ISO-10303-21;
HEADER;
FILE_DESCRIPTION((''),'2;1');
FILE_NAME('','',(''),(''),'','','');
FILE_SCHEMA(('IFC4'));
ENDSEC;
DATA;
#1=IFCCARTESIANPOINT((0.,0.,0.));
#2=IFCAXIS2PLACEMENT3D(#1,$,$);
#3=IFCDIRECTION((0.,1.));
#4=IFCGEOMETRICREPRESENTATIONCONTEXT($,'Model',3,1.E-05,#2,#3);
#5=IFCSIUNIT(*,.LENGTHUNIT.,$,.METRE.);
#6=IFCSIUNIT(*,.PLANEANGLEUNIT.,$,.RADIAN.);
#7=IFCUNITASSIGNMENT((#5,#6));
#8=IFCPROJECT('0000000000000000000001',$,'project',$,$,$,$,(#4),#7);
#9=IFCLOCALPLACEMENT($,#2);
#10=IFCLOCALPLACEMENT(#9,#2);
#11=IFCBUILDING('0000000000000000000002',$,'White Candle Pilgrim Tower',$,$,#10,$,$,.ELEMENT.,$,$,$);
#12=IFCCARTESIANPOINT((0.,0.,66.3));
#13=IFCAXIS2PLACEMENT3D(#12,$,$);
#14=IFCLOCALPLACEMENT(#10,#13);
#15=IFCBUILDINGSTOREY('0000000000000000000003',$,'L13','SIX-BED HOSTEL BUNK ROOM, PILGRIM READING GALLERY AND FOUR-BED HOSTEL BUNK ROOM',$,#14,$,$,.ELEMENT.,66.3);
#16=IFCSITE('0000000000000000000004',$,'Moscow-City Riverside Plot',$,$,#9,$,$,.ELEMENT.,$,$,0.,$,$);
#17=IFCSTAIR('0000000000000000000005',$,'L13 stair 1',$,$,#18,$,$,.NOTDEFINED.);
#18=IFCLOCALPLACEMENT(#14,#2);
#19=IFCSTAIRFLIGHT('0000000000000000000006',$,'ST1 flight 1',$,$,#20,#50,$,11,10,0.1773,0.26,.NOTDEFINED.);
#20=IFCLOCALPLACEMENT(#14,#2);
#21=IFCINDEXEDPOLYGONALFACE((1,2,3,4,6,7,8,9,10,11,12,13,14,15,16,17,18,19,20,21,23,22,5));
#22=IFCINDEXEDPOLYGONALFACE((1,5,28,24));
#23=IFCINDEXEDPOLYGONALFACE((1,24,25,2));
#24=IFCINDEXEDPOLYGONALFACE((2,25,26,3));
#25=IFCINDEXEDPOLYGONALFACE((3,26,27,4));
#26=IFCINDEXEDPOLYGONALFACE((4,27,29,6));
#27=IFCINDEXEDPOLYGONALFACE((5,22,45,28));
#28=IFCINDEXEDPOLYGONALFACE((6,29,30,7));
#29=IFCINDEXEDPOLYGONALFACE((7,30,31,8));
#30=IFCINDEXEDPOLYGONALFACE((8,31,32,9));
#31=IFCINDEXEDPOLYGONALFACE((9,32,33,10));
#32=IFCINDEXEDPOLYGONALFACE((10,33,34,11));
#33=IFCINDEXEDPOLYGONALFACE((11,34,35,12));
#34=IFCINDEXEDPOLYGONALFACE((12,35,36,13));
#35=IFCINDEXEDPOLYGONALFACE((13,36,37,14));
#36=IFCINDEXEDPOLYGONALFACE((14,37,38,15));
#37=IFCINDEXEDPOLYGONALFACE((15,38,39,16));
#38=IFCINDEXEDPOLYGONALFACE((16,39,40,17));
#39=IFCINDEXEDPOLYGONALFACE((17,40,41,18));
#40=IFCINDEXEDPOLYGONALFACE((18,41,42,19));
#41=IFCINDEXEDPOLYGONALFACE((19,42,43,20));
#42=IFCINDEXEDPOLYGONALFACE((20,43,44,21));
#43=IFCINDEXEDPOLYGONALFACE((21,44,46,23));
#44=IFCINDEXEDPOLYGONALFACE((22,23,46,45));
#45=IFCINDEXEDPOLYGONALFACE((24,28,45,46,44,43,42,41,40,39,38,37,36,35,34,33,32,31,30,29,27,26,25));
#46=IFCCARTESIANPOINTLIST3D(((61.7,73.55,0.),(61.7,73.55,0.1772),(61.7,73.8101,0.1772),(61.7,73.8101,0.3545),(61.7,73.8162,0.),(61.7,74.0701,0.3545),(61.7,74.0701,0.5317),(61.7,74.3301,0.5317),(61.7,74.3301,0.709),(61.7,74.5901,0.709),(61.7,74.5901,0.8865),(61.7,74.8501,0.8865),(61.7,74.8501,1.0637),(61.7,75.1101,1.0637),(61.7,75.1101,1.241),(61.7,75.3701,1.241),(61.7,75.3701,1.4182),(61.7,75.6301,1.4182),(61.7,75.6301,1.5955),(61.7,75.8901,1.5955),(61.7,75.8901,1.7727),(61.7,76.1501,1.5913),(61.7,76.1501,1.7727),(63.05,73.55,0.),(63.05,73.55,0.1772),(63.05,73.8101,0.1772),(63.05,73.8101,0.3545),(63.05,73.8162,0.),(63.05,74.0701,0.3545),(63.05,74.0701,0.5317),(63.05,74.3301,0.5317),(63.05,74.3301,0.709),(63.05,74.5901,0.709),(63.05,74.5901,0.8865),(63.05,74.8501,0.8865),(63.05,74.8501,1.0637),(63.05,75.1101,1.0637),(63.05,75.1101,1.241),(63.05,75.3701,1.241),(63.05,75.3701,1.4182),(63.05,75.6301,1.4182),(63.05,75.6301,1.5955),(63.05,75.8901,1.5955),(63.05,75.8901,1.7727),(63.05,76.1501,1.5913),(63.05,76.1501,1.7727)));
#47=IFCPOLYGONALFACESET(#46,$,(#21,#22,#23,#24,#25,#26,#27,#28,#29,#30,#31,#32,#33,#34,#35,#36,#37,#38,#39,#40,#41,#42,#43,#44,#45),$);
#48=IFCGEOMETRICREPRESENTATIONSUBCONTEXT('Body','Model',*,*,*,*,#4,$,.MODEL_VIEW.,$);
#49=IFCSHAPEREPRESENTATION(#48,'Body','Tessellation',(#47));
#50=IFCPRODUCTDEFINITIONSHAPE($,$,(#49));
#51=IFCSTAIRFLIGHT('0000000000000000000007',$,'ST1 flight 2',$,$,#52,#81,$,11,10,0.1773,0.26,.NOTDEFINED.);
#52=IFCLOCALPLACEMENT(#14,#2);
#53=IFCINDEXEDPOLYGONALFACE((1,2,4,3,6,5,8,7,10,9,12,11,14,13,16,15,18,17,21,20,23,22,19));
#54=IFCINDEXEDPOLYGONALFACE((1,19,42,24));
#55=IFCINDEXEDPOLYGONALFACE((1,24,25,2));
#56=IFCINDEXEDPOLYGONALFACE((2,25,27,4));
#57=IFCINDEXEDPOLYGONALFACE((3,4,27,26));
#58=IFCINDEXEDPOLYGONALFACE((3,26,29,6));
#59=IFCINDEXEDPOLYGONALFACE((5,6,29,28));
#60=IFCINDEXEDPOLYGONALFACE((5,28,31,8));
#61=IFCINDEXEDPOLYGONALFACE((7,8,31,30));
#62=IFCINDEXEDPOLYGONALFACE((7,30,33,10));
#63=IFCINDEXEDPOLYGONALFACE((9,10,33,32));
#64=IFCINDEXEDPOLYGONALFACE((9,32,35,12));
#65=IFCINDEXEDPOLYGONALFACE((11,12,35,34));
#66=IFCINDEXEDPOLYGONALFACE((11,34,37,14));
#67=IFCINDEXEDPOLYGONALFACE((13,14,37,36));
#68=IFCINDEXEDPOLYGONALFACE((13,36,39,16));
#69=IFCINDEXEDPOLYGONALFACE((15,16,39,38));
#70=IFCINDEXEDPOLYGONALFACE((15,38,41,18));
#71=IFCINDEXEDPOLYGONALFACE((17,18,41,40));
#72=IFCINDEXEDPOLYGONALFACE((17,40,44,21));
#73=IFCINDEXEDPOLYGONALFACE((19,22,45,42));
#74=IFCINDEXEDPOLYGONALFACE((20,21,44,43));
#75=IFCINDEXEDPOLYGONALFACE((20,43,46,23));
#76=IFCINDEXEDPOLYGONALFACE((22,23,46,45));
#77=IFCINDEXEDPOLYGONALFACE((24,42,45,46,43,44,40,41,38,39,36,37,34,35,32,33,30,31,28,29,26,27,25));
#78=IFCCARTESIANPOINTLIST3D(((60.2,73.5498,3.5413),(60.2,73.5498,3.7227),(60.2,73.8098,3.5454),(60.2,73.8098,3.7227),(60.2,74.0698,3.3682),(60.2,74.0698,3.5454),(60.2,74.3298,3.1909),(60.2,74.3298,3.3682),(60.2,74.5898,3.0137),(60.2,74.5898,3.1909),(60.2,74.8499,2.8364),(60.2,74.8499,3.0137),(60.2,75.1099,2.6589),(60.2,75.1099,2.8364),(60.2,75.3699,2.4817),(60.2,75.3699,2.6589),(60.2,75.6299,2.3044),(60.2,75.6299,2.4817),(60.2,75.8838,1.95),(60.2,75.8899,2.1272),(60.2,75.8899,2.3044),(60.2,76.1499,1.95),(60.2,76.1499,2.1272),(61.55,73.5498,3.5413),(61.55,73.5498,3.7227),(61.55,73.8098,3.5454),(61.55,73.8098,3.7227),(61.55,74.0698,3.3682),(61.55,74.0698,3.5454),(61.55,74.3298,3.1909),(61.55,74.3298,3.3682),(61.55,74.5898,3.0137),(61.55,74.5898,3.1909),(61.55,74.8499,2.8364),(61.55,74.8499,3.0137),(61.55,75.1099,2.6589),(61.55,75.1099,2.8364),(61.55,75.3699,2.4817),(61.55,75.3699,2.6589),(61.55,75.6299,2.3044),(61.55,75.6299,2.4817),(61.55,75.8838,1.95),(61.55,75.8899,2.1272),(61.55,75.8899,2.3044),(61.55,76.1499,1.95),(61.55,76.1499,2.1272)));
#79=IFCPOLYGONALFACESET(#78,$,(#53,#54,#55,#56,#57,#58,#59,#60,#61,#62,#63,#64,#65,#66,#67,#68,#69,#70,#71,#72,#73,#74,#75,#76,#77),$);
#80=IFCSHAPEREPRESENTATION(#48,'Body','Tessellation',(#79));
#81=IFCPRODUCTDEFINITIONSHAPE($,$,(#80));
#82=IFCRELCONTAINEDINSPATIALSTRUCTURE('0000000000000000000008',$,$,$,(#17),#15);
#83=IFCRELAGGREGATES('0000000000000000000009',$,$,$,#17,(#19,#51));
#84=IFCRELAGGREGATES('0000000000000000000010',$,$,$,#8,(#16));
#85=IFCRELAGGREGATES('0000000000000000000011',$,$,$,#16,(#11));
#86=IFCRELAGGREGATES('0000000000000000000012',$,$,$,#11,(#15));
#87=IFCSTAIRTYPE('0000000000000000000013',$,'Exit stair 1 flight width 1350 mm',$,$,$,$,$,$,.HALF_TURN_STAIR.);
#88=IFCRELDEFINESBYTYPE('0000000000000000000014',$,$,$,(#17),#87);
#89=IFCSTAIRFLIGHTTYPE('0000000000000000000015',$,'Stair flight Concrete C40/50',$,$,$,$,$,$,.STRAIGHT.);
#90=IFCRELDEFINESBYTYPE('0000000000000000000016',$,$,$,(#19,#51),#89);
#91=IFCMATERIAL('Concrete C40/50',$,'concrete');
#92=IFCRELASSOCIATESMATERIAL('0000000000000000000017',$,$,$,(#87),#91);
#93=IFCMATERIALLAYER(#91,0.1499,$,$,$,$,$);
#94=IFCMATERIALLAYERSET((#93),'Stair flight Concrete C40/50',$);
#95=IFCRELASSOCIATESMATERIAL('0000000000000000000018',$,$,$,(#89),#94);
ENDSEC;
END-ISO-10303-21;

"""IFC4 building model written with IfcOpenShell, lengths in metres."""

from ifc_helpers import new_model, si_unit, direction, frame, origin, place, context, subcontext, project, spatial, polyline, outline, extrude, material, layer, layer_set, type_object, element, aggregate, save


model = new_model("IFC4")

# Units and contexts
model_context = context("Model", 3, precision=1e-05, world=origin(), true_north=direction((0.0, 1.0)))
body_context = subcontext(model_context, "Body", "Model", "MODEL_VIEW")
ifc_project = project(units=[si_unit("LENGTHUNIT", "METRE"), si_unit("PLANEANGLEUNIT", "RADIAN")], contexts=[model_context])

# Site, building, storey
site_placement = place(None, origin())
site = spatial("IfcSite", under=ifc_project, at=site_placement, Name="Moscow-City Riverside Plot", CompositionType="ELEMENT", RefElevation=0.0)
building_placement = place(site_placement, origin())
building = spatial("IfcBuilding", under=site, at=building_placement, Name="White Candle Pilgrim Tower", CompositionType="ELEMENT")
storey_placement = place(building_placement, frame((0.0, 0.0, 66.3)))
storey = spatial("IfcBuildingStorey", under=building, at=storey_placement, Name="L13", Description="SIX-BED HOSTEL BUNK ROOM, PILGRIM READING GALLERY AND FOUR-BED HOSTEL BUNK ROOM", CompositionType="ELEMENT", Elevation=66.3)

# Stair, stair flights
ifc_material_1 = material(Name="Concrete C40/50", Category="concrete")
stair_type = type_object("IfcStairType", Name="Exit stair 1 flight width 1350 mm", PredefinedType="HALF_TURN_STAIR", material=ifc_material_1)
stair_placement = place(storey_placement, origin())
stair = element("IfcStair", 1, at=stair_placement, inside=storey, type_object=stair_type, Name="L13 stair 1", PredefinedType="NOTDEFINED")
ifc_layer_1 = layer(ifc_material_1, 0.1499)
ifc_layer_set_1 = layer_set([ifc_layer_1], Name="Stair flight Concrete C40/50")
stair_flight_type = type_object("IfcStairFlightType", Name="Stair flight Concrete C40/50", PredefinedType="STRAIGHT", material=ifc_layer_set_1)
stair_flight_1_placement = place(storey_placement, frame((62.375, 73.55, 0.0), z_axis=(0.0, 0.0, 1.0), x_axis=(0.0, 1.0, 0.0)))
stair_flight_1 = element("IfcStairFlight", 2, at=stair_flight_1_placement, type_object=stair_flight_type, Name="ST1 flight 1", NumberOfRisers=11, NumberOfTreads=10, PredefinedType="NOTDEFINED", RiserHeight=0.1773, TreadLength=0.26, context=body_context, shape_type="SweptSolid", body=[
    extrude(outline(polyline([(0.0, 0.0), (0.0, 0.1772), (0.26, 0.1772), (0.26, 0.3545), (0.52, 0.3545), (0.52, 0.5317), (0.78, 0.5317), (0.78, 0.709), (1.04, 0.709), (1.04, 0.8865), (1.3, 0.8865), (1.3, 1.0637), (1.5601, 1.0637), (1.5601, 1.241), (1.8201, 1.241), (1.8201, 1.4182), (2.0801, 1.4182), (2.0801, 1.5955), (2.3401, 1.5955), (2.3401, 1.7727), (2.6001, 1.7727), (2.6001, 1.95), (2.6001, 1.5913), (0.2661, 0.0), (0.0, 0.0)])), frame((0.0, 0.675, 0.0), z_axis=(0.0, -1.0, 0.0), x_axis=(1.0, 0.0, 0.0)), (0.0, 0.0, 1.0), 1.3501),
])
stair_flight_2_placement = place(storey_placement, frame((60.875, 76.1499, 1.95), z_axis=(0.0, 0.0, 1.0), x_axis=(0.0, -1.0, 0.0)))
stair_flight_2 = element("IfcStairFlight", 3, at=stair_flight_2_placement, type_object=stair_flight_type, Name="ST1 flight 2", NumberOfRisers=11, NumberOfTreads=10, PredefinedType="NOTDEFINED", RiserHeight=0.1773, TreadLength=0.26, context=body_context, shape_type="SweptSolid", body=[
    extrude(outline(polyline([(0.0, 0.0), (0.0, 0.1772), (0.26, 0.1772), (0.26, 0.3545), (0.52, 0.3545), (0.52, 0.5317), (0.78, 0.5317), (0.78, 0.709), (1.04, 0.709), (1.04, 0.8865), (1.3, 0.8865), (1.3, 1.0637), (1.5601, 1.0637), (1.5601, 1.241), (1.8201, 1.241), (1.8201, 1.4182), (2.0801, 1.4182), (2.0801, 1.5955), (2.3401, 1.5955), (2.3401, 1.7727), (2.6001, 1.7727), (2.6001, 1.95), (2.6001, 1.5913), (0.2661, 0.0), (0.0, 0.0)])), frame((0.0, 0.675, 0.0), z_axis=(0.0, -1.0, 0.0), x_axis=(1.0, 0.0, 0.0)), (0.0, 0.0, 1.0), 1.3501),
])
aggregate(stair, [stair_flight_1, stair_flight_2])

save(model, "model.ifc")
